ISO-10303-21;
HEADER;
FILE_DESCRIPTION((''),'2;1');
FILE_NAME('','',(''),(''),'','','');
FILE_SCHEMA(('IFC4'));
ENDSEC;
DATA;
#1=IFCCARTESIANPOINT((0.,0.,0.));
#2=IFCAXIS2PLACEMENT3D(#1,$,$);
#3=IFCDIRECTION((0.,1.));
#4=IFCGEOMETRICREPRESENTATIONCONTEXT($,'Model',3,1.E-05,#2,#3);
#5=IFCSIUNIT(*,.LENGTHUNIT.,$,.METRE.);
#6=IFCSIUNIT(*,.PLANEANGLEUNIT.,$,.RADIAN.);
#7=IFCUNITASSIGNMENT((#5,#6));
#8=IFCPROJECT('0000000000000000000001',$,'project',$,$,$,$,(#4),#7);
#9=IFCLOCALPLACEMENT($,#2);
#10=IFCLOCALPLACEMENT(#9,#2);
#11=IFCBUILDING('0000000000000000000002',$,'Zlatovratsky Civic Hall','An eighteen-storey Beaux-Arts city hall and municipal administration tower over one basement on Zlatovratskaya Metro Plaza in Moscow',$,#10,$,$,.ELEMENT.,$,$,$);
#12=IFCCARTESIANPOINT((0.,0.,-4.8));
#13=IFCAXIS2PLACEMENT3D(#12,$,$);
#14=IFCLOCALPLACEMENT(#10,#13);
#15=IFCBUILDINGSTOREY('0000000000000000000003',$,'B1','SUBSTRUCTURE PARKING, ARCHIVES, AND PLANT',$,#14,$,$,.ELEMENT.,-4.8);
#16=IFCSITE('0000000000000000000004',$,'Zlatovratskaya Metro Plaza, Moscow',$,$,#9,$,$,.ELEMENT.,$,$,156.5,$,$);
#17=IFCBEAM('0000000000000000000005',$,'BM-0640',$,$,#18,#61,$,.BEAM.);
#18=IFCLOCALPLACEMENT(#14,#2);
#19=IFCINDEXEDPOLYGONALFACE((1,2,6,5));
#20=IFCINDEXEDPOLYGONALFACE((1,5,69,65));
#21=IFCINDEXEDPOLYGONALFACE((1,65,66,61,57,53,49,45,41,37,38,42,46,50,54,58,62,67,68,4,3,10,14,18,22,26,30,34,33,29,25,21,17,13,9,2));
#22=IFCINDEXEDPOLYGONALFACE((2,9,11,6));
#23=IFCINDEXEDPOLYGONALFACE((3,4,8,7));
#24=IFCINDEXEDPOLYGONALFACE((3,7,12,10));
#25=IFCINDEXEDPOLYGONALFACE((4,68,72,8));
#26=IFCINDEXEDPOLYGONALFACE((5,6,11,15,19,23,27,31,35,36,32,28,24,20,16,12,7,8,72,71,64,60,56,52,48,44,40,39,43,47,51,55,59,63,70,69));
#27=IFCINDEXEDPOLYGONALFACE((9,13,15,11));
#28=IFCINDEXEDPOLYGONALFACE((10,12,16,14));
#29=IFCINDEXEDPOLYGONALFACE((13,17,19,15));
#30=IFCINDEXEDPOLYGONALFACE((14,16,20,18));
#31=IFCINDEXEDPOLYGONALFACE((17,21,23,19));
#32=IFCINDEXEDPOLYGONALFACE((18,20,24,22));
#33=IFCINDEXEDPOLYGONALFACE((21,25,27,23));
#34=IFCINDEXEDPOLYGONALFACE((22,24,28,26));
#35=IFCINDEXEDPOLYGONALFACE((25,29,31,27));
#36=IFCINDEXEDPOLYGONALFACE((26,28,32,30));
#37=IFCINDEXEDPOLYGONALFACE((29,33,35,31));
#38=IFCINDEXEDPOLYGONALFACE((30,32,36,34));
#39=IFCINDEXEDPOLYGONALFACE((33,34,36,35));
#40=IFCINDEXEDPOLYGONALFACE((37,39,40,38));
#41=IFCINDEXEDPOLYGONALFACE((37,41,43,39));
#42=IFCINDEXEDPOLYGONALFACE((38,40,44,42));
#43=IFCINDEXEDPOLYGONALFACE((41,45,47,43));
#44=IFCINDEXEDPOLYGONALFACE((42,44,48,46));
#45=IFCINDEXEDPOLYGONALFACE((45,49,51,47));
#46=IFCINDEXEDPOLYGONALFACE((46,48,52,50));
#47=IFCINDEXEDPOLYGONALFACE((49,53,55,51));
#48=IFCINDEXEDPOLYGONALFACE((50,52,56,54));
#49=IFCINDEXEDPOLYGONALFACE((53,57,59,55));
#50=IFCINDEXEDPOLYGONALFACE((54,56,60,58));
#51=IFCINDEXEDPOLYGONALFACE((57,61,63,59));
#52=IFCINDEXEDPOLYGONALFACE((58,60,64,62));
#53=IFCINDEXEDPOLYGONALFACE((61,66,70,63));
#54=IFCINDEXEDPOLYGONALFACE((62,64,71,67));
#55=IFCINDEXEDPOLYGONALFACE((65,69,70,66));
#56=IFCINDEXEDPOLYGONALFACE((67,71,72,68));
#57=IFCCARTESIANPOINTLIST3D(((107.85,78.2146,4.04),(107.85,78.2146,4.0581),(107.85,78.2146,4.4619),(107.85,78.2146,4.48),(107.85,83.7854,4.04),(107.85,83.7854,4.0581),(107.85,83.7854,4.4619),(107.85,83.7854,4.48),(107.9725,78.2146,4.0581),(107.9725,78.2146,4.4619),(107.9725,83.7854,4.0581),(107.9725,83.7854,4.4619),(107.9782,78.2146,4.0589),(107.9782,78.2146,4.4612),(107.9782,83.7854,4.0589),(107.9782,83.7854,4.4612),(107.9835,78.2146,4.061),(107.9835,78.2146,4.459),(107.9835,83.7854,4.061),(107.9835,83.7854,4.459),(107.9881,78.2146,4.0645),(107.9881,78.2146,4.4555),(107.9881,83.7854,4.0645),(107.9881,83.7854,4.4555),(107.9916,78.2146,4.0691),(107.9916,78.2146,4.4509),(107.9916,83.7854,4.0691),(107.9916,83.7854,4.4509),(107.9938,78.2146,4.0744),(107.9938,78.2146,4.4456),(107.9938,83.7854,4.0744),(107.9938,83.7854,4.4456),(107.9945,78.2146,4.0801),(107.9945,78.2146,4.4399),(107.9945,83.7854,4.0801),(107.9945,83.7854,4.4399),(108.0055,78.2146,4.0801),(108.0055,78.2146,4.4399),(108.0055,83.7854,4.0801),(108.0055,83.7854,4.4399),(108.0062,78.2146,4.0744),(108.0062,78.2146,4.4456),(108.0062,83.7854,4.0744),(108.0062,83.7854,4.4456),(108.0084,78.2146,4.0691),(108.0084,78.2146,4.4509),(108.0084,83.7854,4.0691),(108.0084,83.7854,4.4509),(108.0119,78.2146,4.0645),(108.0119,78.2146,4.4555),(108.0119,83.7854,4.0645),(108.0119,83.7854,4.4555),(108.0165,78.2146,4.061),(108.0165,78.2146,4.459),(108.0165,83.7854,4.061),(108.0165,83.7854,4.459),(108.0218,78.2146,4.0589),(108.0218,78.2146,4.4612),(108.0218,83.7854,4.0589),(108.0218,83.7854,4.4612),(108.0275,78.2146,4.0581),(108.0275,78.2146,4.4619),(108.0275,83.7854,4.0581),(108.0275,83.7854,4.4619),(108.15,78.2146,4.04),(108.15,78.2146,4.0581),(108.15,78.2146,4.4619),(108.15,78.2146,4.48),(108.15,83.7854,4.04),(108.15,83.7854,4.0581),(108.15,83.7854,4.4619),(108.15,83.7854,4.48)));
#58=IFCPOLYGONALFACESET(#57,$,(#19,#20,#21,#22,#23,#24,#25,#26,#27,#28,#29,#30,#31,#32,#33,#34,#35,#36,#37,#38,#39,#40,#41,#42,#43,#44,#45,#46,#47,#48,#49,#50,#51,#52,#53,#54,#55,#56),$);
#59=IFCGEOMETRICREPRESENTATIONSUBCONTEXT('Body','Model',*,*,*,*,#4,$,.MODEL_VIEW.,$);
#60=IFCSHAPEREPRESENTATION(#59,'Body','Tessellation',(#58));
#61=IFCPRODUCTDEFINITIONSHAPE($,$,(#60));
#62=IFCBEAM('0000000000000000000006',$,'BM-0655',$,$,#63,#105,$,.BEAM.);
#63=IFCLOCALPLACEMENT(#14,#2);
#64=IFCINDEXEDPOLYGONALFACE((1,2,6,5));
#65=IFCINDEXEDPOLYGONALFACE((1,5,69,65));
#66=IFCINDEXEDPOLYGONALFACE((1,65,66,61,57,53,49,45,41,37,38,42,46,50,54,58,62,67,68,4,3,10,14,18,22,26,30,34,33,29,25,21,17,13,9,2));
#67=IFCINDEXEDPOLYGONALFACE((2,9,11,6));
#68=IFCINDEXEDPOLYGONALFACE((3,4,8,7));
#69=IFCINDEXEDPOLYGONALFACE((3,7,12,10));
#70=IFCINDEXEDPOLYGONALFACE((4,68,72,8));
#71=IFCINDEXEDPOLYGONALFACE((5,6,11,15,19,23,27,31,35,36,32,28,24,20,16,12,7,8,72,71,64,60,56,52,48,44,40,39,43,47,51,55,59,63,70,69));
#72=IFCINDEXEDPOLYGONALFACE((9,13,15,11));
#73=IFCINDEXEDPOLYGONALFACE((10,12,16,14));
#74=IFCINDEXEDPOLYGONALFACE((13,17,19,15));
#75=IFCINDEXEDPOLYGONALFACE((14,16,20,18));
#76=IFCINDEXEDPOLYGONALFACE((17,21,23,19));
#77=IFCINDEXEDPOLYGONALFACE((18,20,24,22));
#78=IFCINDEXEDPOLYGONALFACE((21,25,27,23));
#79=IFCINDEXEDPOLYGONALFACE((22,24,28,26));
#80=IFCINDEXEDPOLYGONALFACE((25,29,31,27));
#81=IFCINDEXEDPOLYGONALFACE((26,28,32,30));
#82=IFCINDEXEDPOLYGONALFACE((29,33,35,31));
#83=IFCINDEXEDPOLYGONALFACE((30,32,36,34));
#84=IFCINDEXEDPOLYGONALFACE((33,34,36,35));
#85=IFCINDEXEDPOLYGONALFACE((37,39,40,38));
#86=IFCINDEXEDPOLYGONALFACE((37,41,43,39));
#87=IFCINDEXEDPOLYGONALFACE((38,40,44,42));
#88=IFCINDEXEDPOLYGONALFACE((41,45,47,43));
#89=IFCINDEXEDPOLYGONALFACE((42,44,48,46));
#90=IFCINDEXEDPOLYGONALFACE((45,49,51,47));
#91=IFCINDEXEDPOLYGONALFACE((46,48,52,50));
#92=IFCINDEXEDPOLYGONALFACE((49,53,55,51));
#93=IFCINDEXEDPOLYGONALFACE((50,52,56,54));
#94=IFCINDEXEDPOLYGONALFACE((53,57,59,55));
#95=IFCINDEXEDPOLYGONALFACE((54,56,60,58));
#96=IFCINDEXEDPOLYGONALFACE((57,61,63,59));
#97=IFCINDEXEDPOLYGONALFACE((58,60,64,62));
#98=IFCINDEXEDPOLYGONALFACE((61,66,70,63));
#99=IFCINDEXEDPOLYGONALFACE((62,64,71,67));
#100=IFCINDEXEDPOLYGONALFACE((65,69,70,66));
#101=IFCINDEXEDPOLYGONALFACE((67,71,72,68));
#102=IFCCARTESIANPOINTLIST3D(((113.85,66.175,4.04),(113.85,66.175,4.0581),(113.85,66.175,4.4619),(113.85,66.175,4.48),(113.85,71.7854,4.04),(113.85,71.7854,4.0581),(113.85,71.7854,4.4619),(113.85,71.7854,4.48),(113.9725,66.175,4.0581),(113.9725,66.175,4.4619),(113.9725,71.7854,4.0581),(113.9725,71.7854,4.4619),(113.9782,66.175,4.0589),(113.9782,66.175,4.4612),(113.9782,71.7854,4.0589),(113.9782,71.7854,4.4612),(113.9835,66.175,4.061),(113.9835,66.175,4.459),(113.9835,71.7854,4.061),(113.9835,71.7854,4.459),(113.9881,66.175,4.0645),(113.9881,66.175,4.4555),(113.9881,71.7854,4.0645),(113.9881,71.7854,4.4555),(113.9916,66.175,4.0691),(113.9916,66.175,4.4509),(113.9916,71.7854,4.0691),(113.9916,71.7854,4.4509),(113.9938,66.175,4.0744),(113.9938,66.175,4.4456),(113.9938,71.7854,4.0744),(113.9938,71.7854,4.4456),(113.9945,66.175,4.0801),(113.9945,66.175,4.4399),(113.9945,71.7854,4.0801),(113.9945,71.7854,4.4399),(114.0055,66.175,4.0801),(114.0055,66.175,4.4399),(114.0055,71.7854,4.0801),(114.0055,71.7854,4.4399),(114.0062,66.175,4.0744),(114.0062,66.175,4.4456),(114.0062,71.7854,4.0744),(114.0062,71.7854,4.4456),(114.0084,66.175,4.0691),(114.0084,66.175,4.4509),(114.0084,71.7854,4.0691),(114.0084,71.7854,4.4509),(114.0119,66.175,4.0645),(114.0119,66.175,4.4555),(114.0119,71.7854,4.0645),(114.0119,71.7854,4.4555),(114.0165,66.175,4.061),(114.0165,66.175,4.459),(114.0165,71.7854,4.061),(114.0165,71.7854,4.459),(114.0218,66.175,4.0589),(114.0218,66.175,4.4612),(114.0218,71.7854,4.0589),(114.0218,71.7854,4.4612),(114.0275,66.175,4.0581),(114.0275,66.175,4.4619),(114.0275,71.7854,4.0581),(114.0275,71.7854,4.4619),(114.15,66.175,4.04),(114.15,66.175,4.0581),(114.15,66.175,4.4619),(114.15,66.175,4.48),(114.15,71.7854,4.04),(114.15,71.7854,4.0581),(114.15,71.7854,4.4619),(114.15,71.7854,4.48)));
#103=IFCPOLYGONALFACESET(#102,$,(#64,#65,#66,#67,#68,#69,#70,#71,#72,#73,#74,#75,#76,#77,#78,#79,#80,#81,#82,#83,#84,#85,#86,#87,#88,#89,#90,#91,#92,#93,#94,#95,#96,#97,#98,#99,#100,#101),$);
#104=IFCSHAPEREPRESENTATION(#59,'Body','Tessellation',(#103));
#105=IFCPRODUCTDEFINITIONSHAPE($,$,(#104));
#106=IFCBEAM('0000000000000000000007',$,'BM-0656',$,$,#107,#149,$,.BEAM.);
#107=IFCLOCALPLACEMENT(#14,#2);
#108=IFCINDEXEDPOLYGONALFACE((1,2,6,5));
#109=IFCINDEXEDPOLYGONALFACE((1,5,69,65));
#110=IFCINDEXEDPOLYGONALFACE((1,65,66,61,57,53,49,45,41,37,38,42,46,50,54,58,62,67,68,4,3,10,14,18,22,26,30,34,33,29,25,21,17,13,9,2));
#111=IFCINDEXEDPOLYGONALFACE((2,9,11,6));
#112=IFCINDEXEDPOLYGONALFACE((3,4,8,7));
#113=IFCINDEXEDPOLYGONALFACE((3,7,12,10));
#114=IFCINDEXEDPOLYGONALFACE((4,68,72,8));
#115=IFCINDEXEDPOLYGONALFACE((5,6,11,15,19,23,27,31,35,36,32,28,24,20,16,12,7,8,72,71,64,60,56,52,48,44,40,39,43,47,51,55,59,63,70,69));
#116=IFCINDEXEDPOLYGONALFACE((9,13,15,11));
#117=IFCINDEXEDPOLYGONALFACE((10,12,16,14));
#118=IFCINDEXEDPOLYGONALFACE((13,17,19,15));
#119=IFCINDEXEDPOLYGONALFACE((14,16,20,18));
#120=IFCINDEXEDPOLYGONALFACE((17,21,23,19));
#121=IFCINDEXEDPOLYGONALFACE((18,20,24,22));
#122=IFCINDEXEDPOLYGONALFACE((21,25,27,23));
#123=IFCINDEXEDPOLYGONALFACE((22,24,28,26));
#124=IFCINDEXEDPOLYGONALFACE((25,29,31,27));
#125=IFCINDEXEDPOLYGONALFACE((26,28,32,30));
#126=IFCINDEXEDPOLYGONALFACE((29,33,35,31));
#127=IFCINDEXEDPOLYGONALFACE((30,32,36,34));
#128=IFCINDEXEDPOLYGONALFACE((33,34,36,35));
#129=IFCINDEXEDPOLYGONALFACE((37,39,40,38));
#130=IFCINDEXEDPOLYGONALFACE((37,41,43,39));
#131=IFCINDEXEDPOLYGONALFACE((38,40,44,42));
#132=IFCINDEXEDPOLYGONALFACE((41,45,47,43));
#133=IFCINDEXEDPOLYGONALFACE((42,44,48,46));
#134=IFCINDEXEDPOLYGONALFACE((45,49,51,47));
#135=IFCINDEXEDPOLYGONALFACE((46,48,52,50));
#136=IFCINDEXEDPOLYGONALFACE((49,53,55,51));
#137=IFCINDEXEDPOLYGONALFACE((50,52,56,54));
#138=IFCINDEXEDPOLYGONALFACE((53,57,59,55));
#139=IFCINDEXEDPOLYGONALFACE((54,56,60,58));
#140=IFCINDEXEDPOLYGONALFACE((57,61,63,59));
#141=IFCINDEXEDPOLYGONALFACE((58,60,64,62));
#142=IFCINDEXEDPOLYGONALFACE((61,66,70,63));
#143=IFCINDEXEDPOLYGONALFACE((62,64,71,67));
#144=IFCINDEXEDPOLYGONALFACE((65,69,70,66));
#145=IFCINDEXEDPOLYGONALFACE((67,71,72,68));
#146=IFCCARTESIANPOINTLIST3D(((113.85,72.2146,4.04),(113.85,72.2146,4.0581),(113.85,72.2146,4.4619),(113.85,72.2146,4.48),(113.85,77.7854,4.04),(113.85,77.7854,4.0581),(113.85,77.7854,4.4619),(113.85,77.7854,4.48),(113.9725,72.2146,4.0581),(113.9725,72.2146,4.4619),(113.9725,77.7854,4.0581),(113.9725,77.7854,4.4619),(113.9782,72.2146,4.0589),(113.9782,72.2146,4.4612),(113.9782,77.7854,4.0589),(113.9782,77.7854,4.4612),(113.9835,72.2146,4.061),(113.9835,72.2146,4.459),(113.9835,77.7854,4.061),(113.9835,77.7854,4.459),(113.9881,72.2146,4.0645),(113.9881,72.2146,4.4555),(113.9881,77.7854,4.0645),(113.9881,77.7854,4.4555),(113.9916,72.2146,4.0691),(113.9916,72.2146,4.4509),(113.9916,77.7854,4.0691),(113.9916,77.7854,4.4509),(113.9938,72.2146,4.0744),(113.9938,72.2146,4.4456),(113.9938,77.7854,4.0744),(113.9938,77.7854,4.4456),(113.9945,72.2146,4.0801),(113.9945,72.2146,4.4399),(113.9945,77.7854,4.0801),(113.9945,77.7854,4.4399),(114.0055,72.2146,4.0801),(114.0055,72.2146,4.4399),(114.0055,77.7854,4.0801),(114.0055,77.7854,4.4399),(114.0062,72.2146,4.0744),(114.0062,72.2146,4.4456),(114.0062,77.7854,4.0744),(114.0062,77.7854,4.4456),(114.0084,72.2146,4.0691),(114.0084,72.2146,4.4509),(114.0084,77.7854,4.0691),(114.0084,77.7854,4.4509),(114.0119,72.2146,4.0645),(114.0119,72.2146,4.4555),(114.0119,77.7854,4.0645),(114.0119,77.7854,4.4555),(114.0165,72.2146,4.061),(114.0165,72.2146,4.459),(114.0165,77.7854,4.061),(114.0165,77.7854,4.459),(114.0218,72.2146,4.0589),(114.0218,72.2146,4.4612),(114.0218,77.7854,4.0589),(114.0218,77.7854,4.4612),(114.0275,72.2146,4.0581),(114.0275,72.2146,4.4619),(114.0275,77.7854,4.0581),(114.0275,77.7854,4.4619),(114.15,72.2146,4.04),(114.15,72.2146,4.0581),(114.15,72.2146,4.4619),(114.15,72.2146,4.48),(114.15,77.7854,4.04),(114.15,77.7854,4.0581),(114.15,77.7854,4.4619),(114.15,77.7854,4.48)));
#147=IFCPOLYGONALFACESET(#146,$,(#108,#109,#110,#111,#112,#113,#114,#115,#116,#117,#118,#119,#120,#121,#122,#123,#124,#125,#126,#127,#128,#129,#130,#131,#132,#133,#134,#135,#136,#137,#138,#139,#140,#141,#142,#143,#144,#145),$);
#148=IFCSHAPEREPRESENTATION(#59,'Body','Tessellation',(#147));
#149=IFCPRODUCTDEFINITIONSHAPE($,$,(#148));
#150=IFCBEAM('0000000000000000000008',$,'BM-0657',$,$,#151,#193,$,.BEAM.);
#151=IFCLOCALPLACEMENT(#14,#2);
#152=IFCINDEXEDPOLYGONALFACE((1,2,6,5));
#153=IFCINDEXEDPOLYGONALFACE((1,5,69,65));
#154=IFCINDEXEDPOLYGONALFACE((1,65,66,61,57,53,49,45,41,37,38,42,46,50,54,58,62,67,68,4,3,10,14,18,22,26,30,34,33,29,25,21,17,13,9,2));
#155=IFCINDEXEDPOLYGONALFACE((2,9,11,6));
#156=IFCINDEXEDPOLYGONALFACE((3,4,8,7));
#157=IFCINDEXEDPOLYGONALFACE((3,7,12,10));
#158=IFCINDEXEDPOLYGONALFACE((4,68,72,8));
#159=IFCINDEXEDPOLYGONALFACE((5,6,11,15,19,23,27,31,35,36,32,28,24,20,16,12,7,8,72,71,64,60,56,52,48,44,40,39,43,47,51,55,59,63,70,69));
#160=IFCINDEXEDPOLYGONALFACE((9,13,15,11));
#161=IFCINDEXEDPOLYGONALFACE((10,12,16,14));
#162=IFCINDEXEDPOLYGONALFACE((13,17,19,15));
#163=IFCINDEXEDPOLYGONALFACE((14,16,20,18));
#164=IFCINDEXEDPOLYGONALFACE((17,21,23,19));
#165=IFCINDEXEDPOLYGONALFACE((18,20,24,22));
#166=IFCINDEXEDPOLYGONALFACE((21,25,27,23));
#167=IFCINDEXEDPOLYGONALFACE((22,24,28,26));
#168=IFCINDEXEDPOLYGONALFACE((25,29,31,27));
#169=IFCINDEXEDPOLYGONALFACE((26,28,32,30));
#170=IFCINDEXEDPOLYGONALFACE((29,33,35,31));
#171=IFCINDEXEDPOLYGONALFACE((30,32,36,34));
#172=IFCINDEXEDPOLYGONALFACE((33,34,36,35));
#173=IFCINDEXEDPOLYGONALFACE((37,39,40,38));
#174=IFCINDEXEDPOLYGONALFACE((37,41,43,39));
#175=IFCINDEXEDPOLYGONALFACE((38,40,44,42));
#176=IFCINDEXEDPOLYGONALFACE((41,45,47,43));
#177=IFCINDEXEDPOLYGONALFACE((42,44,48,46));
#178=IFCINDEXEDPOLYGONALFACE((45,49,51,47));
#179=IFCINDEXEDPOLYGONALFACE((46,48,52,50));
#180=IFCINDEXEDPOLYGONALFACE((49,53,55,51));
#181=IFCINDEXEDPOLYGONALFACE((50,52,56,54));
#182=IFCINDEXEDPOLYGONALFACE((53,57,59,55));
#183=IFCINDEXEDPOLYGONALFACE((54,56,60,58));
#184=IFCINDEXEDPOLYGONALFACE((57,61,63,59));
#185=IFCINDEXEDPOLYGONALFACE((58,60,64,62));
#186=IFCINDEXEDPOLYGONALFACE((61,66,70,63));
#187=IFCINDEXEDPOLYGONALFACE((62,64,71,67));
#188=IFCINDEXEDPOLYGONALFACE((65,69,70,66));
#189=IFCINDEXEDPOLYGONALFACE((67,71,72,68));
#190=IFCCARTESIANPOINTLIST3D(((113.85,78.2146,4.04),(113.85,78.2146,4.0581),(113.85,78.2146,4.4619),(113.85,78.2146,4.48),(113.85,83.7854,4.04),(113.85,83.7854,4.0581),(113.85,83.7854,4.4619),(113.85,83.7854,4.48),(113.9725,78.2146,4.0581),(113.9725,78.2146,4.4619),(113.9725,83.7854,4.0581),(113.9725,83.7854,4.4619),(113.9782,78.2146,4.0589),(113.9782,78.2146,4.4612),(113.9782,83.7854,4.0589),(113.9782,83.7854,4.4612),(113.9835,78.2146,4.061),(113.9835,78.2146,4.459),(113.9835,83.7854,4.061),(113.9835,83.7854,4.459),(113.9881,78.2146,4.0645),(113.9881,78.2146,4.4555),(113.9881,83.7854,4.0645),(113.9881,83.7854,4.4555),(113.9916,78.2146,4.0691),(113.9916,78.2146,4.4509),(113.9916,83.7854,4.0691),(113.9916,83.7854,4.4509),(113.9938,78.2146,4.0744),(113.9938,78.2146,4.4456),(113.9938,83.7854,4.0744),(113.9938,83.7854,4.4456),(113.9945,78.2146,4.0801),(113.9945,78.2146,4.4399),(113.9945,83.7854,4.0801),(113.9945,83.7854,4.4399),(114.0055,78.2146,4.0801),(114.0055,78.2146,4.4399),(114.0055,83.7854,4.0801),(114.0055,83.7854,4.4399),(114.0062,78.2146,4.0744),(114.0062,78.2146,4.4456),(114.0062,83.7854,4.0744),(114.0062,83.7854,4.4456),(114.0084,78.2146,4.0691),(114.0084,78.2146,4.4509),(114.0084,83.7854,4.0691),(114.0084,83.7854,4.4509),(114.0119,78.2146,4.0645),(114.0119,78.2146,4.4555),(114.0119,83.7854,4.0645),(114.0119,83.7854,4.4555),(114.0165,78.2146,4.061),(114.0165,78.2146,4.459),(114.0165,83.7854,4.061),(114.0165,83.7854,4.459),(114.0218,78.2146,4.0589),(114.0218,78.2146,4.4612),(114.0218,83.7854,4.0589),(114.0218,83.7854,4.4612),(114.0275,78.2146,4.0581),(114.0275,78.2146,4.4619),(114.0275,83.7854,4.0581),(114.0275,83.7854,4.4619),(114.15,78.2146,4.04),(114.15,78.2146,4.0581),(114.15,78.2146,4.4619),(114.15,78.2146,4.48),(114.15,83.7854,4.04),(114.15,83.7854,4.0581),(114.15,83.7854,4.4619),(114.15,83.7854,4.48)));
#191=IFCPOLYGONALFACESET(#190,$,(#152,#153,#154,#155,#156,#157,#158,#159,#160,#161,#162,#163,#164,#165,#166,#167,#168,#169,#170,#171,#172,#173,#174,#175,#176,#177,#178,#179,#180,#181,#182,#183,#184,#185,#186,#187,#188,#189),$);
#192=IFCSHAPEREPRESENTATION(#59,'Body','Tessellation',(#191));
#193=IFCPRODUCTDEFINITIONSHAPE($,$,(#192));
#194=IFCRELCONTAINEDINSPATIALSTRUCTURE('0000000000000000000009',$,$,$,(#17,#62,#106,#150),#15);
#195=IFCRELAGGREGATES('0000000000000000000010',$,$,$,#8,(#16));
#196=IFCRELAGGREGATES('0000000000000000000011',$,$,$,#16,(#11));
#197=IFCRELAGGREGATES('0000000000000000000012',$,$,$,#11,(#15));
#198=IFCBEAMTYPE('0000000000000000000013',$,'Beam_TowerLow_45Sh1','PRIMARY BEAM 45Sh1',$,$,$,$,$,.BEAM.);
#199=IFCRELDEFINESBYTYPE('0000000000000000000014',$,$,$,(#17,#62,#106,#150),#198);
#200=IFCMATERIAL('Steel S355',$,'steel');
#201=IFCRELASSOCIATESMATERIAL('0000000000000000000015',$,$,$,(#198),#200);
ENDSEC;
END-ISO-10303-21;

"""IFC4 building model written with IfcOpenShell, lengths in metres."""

from ifc_helpers import new_model, si_unit, direction, frame, origin, origin_2d, place, context, subcontext, project, spatial, i_section, extrude, material, material_profile, profile_set, type_object, element, save


model = new_model("IFC4")

# Units and contexts
model_context = context("Model", 3, precision=1e-05, world=origin(), true_north=direction((0.0, 1.0)))
body_context = subcontext(model_context, "Body", "Model", "MODEL_VIEW")
ifc_project = project(units=[si_unit("LENGTHUNIT", "METRE"), si_unit("PLANEANGLEUNIT", "RADIAN")], contexts=[model_context])

# Site, building, storey
site_placement = place(None, origin())
site = spatial("IfcSite", under=ifc_project, at=site_placement, Name="Zlatovratskaya Metro Plaza, Moscow", CompositionType="ELEMENT", RefElevation=156.5)
building_placement = place(site_placement, origin())
building = spatial("IfcBuilding", under=site, at=building_placement, Name="Zlatovratsky Civic Hall", Description="An eighteen-storey Beaux-Arts city hall and municipal administration tower over one basement on Zlatovratskaya Metro Plaza in Moscow", CompositionType="ELEMENT")
storey_placement = place(building_placement, frame((0.0, 0.0, -4.8)))
storey = spatial("IfcBuildingStorey", under=building, at=storey_placement, Name="B1", Description="SUBSTRUCTURE PARKING, ARCHIVES, AND PLANT", CompositionType="ELEMENT", Elevation=-4.8)

# Shared definitions
ifc_material_1 = material(Name="Steel S355", Category="steel")

# Beams
ifc_material_profile_1 = material_profile(ifc_material_1, i_section(OverallWidth=0.3, OverallDepth=0.4399, WebThickness=0.011, FlangeThickness=0.0181, FilletRadius=0.022, at=origin_2d()), Name="45Sh1")
ifc_profile_set_1 = profile_set([ifc_material_profile_1], Name="Steel S355")
beam_type = type_object("IfcBeamType", Name="Beam_TowerLow_45Sh1", Description="PRIMARY BEAM 45Sh1", PredefinedType="BEAM", material=ifc_profile_set_1)
for number, where, z_axis, x_axis, name in (
    (1, (108.0, 78.2146, 4.26), (0.0, 1.0, 0.0), (-1.0, 0.0, 0.0), "BM-0640"),
):
    element("IfcBeam", number, at=place(storey_placement, frame(where, z_axis=z_axis, x_axis=x_axis)), inside=storey, type_object=beam_type, Name=name, PredefinedType="BEAM", context=body_context, shape_type="SweptSolid", body=[
        extrude(i_section(OverallWidth=0.3, OverallDepth=0.4399, WebThickness=0.011, FlangeThickness=0.0181, FilletRadius=0.022, at=origin_2d()), origin(), (0.0, 0.0, 1.0), 5.5708),
    ])
beam_1_placement = place(storey_placement, frame((114.0, 66.175, 4.26), z_axis=(0.0, 1.0, 0.0), x_axis=(-1.0, 0.0, 0.0)))
element("IfcBeam", 2, at=beam_1_placement, inside=storey, type_object=beam_type, Name="BM-0655", PredefinedType="BEAM", context=body_context, shape_type="SweptSolid", body=[
    extrude(i_section(OverallWidth=0.3, OverallDepth=0.4399, WebThickness=0.011, FlangeThickness=0.0181, FilletRadius=0.022, at=origin_2d()), origin(), (0.0, 0.0, 1.0), 5.6104),
])
for number, where, z_axis, x_axis, name in (
    (3, (114.0, 72.2146, 4.26), (0.0, 1.0, 0.0), (-1.0, 0.0, 0.0), "BM-0656"),
    (4, (114.0, 78.2146, 4.26), (0.0, 1.0, 0.0), (-1.0, 0.0, 0.0), "BM-0657"),
):
    element("IfcBeam", number, at=place(storey_placement, frame(where, z_axis=z_axis, x_axis=x_axis)), inside=storey, type_object=beam_type, Name=name, PredefinedType="BEAM", context=body_context, shape_type="SweptSolid", body=[
        extrude(i_section(OverallWidth=0.3, OverallDepth=0.4399, WebThickness=0.011, FlangeThickness=0.0181, FilletRadius=0.022, at=origin_2d()), origin(), (0.0, 0.0, 1.0), 5.5708),
    ])

save(model, "model.ifc")
